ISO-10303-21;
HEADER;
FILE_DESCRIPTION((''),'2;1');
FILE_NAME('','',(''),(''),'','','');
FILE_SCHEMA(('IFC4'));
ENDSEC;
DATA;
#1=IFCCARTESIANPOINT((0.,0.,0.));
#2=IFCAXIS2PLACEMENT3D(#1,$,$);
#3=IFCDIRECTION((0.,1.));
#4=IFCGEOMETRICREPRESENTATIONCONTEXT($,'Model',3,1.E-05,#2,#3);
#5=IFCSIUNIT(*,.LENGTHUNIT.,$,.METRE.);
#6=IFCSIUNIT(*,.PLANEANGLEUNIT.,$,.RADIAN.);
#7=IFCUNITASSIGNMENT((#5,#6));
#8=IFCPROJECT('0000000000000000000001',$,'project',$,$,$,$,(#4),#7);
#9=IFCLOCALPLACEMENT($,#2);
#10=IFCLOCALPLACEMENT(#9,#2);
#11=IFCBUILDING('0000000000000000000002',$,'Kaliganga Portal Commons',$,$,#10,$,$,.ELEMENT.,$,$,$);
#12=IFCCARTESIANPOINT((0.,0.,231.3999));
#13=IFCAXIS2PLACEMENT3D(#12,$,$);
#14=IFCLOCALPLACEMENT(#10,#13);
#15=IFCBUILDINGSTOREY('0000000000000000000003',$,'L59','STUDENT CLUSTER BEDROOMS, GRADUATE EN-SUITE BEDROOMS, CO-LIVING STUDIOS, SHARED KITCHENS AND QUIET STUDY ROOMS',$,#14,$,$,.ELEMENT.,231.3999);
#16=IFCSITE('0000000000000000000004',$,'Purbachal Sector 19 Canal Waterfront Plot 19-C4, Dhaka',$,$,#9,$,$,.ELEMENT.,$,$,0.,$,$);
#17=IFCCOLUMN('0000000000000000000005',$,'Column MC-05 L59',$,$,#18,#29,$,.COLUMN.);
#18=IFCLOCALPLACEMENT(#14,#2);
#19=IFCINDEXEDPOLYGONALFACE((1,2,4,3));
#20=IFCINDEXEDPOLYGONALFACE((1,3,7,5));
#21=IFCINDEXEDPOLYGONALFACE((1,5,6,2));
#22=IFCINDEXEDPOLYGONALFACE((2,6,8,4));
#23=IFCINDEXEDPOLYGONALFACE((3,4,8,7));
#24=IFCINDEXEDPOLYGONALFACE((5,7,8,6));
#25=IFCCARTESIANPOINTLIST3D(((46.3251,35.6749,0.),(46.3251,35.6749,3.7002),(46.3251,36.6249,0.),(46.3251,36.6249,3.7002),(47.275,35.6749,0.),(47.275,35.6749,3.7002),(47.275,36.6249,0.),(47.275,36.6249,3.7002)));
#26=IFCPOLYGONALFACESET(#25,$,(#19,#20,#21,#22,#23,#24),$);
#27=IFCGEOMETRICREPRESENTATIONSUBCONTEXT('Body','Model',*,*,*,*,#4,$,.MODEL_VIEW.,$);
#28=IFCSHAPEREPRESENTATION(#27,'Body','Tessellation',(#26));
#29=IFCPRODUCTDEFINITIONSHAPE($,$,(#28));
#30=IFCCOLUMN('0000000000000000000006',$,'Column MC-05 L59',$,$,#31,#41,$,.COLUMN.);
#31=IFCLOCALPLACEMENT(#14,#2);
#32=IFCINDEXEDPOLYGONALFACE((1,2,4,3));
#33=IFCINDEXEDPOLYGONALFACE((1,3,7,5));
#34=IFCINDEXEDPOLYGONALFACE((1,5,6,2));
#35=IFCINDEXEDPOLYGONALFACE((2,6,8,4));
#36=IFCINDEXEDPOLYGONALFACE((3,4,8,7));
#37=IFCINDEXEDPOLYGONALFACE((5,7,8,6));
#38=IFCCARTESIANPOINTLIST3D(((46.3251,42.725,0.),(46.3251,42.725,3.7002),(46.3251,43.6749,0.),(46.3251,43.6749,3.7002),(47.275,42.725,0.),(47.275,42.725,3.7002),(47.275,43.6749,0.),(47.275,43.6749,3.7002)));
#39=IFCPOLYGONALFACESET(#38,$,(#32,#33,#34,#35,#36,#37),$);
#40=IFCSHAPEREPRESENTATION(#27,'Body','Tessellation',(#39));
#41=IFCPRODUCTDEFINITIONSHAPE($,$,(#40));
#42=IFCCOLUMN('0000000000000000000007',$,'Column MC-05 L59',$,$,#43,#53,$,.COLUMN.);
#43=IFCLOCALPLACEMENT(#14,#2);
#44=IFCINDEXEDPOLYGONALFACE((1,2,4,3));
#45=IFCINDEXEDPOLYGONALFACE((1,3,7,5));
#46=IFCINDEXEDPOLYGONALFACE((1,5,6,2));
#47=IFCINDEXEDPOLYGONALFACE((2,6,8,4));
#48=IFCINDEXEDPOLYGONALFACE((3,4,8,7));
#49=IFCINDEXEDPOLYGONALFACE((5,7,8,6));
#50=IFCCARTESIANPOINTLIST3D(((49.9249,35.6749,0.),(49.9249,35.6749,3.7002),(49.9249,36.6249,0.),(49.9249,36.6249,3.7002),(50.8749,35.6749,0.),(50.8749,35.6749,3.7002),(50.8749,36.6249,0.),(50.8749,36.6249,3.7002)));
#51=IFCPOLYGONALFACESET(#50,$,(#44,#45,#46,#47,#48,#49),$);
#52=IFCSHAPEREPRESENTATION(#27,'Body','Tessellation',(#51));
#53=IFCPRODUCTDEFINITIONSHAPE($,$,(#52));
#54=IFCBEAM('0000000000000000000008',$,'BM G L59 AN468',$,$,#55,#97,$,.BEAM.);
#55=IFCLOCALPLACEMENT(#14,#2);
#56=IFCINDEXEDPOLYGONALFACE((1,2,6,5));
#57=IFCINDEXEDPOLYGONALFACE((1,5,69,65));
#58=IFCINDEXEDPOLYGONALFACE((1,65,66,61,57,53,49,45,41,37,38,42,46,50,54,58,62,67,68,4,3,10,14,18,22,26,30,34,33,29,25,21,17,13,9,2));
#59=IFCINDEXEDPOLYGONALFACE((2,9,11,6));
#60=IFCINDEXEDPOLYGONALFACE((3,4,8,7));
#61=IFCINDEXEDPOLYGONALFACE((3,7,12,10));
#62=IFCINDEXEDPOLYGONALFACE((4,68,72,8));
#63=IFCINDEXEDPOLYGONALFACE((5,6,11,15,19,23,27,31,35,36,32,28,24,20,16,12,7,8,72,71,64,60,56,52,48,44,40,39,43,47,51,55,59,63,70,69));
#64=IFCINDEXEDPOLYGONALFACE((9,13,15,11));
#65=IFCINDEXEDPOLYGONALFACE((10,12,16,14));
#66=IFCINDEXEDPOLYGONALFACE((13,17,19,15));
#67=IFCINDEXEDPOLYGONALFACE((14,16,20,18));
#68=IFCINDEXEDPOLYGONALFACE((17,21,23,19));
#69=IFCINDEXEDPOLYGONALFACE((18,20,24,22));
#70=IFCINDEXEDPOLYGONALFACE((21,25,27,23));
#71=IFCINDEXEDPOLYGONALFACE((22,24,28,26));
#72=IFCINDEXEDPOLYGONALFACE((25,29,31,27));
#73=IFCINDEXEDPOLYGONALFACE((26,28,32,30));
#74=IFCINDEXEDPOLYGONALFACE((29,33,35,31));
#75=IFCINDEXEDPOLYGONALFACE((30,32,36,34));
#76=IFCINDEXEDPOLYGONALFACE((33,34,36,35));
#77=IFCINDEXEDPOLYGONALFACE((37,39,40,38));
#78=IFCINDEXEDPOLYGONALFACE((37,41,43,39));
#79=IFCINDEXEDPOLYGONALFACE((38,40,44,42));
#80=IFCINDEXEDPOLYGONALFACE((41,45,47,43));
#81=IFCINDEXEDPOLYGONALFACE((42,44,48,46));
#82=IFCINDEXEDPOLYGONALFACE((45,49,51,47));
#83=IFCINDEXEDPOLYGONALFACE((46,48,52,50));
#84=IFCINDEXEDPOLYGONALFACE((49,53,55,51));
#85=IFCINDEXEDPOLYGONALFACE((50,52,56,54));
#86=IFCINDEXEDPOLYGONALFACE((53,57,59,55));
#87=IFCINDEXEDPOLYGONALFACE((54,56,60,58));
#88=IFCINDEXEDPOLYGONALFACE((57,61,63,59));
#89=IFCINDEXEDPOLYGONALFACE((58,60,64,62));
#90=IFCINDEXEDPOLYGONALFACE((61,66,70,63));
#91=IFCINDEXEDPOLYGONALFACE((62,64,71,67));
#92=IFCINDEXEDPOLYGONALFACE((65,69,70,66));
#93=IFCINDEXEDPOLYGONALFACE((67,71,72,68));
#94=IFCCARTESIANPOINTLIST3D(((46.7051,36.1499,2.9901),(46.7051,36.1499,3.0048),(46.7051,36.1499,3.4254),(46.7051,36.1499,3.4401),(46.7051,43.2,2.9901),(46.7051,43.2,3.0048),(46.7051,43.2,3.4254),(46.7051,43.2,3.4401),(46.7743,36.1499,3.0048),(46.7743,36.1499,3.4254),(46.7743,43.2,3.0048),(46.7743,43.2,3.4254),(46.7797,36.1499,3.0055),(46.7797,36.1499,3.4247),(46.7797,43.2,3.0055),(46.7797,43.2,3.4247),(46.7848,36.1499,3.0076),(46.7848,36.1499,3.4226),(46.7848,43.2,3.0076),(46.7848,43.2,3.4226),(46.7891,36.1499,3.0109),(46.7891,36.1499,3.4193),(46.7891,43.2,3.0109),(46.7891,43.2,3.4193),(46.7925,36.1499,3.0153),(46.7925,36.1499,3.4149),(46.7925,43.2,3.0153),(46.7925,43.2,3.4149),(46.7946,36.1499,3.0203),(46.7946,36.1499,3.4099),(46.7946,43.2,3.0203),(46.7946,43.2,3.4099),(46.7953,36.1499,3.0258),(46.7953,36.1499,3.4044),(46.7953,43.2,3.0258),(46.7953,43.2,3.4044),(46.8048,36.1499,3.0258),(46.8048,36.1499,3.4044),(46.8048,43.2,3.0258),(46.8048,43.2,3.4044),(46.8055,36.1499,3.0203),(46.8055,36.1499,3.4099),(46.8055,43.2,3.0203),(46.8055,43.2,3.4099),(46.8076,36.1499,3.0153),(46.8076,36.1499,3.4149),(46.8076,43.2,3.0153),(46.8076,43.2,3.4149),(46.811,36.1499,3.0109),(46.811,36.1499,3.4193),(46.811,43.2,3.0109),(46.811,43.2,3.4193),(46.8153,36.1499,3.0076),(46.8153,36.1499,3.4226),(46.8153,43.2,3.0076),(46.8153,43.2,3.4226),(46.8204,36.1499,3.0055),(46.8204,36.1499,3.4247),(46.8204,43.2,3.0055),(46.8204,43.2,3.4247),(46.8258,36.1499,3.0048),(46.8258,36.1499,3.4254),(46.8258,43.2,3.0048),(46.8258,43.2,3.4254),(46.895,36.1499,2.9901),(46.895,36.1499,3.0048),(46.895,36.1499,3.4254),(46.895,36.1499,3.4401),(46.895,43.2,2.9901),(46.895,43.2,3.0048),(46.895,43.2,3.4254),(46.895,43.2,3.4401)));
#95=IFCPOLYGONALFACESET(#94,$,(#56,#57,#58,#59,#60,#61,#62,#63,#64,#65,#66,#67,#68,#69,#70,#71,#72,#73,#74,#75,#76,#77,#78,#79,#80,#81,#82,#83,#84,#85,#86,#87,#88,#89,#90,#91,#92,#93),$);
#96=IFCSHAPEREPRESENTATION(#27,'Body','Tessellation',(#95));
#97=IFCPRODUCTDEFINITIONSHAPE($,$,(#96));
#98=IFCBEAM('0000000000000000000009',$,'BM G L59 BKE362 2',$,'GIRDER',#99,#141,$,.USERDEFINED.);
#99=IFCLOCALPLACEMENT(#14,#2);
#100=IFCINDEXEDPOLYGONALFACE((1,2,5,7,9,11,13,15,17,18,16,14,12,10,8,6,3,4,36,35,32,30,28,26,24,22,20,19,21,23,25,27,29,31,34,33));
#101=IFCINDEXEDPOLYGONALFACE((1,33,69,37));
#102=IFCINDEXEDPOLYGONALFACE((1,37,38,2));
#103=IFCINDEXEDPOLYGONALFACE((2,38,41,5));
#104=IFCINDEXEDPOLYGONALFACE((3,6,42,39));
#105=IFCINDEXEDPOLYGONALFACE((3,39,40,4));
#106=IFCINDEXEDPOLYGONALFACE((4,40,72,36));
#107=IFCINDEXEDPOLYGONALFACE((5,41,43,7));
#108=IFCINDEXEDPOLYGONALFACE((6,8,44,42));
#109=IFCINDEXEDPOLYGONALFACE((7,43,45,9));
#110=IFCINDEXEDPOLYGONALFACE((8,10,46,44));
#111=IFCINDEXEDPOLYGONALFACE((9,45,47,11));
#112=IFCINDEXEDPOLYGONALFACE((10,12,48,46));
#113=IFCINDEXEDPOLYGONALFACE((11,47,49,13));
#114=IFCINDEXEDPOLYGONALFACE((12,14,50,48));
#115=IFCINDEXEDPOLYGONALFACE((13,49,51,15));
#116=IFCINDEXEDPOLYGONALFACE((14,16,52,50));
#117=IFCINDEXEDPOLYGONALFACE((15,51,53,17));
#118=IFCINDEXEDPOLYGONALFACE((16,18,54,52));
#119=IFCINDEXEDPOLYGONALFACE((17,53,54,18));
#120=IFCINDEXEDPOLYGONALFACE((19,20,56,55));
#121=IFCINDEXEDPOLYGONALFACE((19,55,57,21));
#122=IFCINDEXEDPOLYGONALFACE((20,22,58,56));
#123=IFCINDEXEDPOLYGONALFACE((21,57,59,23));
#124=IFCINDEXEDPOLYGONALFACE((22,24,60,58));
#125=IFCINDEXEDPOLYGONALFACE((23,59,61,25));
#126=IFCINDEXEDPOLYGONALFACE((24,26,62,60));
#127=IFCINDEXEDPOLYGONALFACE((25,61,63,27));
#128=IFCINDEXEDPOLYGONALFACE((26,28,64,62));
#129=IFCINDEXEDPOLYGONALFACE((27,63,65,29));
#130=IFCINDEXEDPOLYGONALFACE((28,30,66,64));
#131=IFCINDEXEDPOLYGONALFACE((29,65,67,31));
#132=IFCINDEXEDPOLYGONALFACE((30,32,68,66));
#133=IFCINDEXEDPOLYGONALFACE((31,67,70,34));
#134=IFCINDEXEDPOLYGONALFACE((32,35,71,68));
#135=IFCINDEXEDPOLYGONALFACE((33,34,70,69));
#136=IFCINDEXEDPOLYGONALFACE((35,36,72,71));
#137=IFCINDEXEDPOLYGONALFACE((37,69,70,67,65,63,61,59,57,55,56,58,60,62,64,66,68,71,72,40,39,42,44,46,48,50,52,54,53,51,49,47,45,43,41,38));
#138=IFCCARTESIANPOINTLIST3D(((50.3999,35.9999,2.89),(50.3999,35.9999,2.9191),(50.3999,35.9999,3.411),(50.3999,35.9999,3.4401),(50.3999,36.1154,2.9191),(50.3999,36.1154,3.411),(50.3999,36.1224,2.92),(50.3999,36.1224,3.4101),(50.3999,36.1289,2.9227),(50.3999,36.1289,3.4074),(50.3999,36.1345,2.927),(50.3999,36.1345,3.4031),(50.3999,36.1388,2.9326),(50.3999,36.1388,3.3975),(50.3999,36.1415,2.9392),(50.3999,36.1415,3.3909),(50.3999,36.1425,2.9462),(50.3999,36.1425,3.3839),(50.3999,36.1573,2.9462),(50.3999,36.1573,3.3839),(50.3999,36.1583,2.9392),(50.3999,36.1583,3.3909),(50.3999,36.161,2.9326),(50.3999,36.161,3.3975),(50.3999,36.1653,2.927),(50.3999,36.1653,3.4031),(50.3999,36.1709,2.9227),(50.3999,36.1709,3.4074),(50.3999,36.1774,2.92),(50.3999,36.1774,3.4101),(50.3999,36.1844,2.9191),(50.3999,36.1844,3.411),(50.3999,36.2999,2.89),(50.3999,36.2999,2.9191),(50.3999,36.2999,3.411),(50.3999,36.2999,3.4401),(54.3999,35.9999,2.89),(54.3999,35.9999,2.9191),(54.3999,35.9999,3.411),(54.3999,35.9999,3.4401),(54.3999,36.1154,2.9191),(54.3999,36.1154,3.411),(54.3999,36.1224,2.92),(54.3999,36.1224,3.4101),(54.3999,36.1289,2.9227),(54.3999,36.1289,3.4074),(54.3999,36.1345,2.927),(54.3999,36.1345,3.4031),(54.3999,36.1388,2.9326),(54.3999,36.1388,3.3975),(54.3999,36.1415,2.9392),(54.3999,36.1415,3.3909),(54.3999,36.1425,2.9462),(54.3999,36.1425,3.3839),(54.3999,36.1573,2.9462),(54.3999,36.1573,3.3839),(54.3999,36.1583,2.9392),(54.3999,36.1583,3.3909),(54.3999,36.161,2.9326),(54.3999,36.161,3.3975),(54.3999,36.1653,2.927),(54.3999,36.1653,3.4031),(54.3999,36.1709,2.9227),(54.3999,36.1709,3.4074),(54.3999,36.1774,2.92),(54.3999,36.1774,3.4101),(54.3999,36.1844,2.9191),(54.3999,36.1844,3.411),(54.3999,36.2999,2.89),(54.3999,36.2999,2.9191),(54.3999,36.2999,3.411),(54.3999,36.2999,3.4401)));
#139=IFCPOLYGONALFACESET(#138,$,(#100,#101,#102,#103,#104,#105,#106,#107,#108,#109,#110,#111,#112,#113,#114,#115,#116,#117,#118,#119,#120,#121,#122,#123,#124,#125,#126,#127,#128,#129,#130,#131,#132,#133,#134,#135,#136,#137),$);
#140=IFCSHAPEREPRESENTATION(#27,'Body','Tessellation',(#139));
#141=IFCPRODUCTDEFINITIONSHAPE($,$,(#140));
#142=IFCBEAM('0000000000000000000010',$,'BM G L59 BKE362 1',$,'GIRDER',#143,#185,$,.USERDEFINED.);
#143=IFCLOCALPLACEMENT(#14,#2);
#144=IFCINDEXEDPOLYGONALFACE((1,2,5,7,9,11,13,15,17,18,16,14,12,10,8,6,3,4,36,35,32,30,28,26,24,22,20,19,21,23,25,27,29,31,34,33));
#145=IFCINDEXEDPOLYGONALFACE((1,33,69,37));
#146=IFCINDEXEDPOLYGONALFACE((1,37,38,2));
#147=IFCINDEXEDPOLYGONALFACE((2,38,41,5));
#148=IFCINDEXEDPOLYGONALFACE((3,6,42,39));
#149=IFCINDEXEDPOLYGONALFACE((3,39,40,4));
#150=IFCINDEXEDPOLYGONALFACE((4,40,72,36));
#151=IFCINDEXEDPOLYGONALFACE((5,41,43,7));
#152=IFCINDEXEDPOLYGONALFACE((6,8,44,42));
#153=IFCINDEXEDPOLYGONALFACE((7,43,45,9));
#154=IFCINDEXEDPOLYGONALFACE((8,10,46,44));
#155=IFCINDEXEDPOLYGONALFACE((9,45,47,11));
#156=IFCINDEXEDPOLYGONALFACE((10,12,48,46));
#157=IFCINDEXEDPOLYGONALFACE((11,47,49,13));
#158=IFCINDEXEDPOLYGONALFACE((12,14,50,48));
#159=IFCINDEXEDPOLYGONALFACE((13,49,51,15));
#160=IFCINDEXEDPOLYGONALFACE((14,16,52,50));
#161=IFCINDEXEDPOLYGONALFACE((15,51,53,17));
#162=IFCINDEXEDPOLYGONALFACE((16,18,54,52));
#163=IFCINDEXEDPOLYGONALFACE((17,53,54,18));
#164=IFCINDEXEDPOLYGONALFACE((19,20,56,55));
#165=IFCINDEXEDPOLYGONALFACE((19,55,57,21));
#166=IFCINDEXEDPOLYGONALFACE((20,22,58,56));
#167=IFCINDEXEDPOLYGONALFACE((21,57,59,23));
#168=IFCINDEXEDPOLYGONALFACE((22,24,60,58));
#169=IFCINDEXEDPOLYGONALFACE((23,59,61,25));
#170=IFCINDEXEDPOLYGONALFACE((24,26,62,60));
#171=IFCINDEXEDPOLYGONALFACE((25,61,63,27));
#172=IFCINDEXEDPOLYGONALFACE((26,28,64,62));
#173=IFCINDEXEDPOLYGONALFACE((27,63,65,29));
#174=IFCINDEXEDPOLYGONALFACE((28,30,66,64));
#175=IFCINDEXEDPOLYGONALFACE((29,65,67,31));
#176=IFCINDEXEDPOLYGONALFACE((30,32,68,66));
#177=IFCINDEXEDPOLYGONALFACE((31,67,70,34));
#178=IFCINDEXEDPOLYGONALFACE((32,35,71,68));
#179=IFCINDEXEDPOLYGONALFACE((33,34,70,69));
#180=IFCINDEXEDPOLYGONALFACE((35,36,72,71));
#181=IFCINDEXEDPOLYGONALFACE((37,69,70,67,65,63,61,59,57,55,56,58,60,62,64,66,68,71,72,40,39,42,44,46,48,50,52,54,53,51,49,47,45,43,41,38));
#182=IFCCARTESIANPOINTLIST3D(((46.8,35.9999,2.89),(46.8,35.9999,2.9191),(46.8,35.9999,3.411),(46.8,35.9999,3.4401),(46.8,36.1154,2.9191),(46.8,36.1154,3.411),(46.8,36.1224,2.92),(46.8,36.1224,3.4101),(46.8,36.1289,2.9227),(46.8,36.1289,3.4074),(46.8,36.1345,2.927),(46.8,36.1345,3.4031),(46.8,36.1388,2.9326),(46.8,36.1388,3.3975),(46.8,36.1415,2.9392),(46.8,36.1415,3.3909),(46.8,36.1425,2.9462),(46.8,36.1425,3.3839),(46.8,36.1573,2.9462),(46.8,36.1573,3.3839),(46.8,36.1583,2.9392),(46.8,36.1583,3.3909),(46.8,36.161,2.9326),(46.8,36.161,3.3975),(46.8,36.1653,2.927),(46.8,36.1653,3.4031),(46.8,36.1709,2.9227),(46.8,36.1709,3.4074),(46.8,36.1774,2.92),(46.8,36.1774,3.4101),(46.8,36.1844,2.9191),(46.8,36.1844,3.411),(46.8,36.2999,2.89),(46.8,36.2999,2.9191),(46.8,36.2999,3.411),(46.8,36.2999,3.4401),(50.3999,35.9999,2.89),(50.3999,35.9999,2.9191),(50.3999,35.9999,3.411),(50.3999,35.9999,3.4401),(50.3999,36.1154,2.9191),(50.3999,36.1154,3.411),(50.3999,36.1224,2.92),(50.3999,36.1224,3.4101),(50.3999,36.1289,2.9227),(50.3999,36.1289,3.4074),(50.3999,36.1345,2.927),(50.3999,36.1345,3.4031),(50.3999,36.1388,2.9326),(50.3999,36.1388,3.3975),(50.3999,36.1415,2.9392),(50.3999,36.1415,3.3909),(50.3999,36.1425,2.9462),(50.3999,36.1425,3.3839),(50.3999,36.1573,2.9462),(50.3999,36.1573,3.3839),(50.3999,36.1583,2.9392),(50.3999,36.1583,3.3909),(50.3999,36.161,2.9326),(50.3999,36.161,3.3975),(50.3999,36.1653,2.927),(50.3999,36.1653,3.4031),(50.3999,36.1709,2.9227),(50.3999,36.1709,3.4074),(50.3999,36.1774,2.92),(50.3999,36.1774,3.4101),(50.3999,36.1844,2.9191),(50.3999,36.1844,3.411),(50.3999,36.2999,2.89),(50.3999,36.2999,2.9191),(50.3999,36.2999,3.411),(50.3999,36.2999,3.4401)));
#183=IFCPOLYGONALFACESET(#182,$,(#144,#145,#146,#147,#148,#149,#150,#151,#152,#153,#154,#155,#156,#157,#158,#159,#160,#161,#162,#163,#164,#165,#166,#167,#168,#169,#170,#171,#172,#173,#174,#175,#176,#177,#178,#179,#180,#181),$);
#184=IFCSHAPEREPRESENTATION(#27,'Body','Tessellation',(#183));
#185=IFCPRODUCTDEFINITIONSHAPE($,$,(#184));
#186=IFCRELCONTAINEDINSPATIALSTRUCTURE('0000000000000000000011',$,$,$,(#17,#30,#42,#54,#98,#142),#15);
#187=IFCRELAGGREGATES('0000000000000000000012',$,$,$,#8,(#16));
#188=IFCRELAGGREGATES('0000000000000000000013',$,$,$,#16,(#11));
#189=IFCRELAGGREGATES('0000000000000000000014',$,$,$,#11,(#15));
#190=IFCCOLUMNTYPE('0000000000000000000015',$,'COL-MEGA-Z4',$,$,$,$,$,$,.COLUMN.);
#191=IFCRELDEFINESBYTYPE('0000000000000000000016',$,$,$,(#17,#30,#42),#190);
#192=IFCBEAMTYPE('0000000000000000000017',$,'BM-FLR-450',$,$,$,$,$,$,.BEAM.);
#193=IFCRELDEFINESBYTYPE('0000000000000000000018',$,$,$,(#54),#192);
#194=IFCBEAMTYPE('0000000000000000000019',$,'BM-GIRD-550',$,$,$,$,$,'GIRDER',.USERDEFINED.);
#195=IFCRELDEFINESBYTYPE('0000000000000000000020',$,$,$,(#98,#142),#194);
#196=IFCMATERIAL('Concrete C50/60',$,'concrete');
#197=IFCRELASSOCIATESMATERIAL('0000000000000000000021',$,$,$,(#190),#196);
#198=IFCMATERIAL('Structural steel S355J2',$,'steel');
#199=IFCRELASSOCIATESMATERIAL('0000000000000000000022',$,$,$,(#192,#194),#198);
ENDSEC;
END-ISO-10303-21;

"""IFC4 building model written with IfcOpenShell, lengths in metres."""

from ifc_helpers import new_model, si_unit, direction, frame, origin, origin_2d, place, context, subcontext, project, spatial, rectangle, i_section, extrude, source, transform, mapped, material, material_profile, profile_set, type_object, element, save


model = new_model("IFC4")

# Units and contexts
model_context = context("Model", 3, precision=1e-05, world=origin(), true_north=direction((0.0, 1.0)))
body_context = subcontext(model_context, "Body", "Model", "MODEL_VIEW")
ifc_project = project(units=[si_unit("LENGTHUNIT", "METRE"), si_unit("PLANEANGLEUNIT", "RADIAN")], contexts=[model_context])

# Site, building, storey
site_placement = place(None, origin())
site = spatial("IfcSite", under=ifc_project, at=site_placement, Name="Purbachal Sector 19 Canal Waterfront Plot 19-C4, Dhaka", CompositionType="ELEMENT", RefElevation=0.0)
building_placement = place(site_placement, origin())
building = spatial("IfcBuilding", under=site, at=building_placement, Name="Kaliganga Portal Commons", CompositionType="ELEMENT")
storey_placement = place(building_placement, frame((0.0, 0.0, 231.3999)))
storey = spatial("IfcBuildingStorey", under=building, at=storey_placement, Name="L59", Description="STUDENT CLUSTER BEDROOMS, GRADUATE EN-SUITE BEDROOMS, CO-LIVING STUDIOS, SHARED KITCHENS AND QUIET STUDY ROOMS", CompositionType="ELEMENT", Elevation=231.3999)

# Columns
ifc_material_1 = material(Name="Concrete C50/60", Category="concrete")
ifc_material_profile_1 = material_profile(ifc_material_1, rectangle(XDim=0.95, YDim=0.95, at=origin_2d()), Name="RC 950x950")
ifc_profile_set_1 = profile_set([ifc_material_profile_1], Name="Concrete C50/60")
column_type = type_object("IfcColumnType", Name="COL-MEGA-Z4", PredefinedType="COLUMN", material=ifc_profile_set_1)
shared_shape_1 = source(origin(), body_context, "Body", "SweptSolid", [
    extrude(rectangle(XDim=0.95, YDim=0.95, at=origin_2d()), origin(), (0.0, 0.0, 1.0), 3.7002),
])
for number, where, z_axis, x_axis, name in (
    (1, (46.8, 36.1499, 0.0), (0.0, 0.0, 1.0), (1.0, 0.0, 0.0), "Column MC-05 L59"),
    (2, (46.8, 43.2, 0.0), (0.0, 0.0, 1.0), (1.0, 0.0, 0.0), "Column MC-05 L59"),
    (3, (50.3999, 36.1499, 0.0), (0.0, 0.0, 1.0), (1.0, 0.0, 0.0), "Column MC-05 L59"),
):
    element("IfcColumn", number, at=place(storey_placement, frame(where, z_axis=z_axis, x_axis=x_axis)), inside=storey, type_object=column_type, Name=name, PredefinedType="COLUMN", context=body_context, shape_type="MappedRepresentation", body=[
        mapped(shared_shape_1, transform((0.0, 0.0, 0.0), x_axis=(1.0, 0.0, 0.0), y_axis=(0.0, 1.0, 0.0), z_axis=(0.0, 0.0, 1.0), scale=1.0)),
    ])

# Beams
ifc_material_2 = material(Name="Structural steel S355J2", Category="steel")
ifc_material_profile_2 = material_profile(ifc_material_2, i_section(OverallWidth=0.1899, OverallDepth=0.45, WebThickness=0.0095, FlangeThickness=0.0146, FilletRadius=0.021, at=origin_2d()), Name="IPE 450")
ifc_profile_set_2 = profile_set([ifc_material_profile_2], Name="Structural steel S355J2 wide-flange")
beam_type_1 = type_object("IfcBeamType", Name="BM-FLR-450", PredefinedType="BEAM", material=ifc_profile_set_2)
shared_shape_2 = source(origin(), body_context, "Body", "SweptSolid", [
    extrude(i_section(OverallWidth=0.1899, OverallDepth=0.45, WebThickness=0.0095, FlangeThickness=0.0146, FilletRadius=0.021, at=origin_2d()), origin(), (0.0, 0.0, 1.0), 7.05),
])
beam_1_placement = place(storey_placement, frame((46.8, 36.1499, 3.2151), z_axis=(0.0, 1.0, 0.0), x_axis=(-1.0, 0.0, 0.0)))
element("IfcBeam", 4, at=beam_1_placement, inside=storey, type_object=beam_type_1, Name="BM G L59 AN468", PredefinedType="BEAM", context=body_context, shape_type="MappedRepresentation", body=[
    mapped(shared_shape_2, transform((0.0, 0.0, 0.0), x_axis=(1.0, 0.0, 0.0), y_axis=(0.0, 1.0, 0.0), z_axis=(0.0, 0.0, 1.0), scale=1.0)),
])
ifc_material_profile_3 = material_profile(ifc_material_2, i_section(OverallWidth=0.3, OverallDepth=0.55, WebThickness=0.0149, FlangeThickness=0.0291, FilletRadius=0.0271, at=origin_2d()), Name="HE 550 B")
ifc_profile_set_3 = profile_set([ifc_material_profile_3], Name="Structural steel S355J2 wide-flange")
beam_type_2 = type_object("IfcBeamType", Name="BM-GIRD-550", ElementType="GIRDER", PredefinedType="USERDEFINED", material=ifc_profile_set_3)
shared_shape_3 = source(origin(), body_context, "Body", "SweptSolid", [
    extrude(i_section(OverallWidth=0.3, OverallDepth=0.55, WebThickness=0.0149, FlangeThickness=0.0291, FilletRadius=0.0271, at=origin_2d()), origin(), (0.0, 0.0, 1.0), 4.0),
])
beam_2_placement = place(storey_placement, frame((50.3999, 36.1499, 3.165), z_axis=(1.0, 0.0, 0.0), x_axis=(0.0, 1.0, 0.0)))
element("IfcBeam", 5, at=beam_2_placement, inside=storey, type_object=beam_type_2, Name="BM G L59 BKE362 2", ObjectType="GIRDER", PredefinedType="USERDEFINED", context=body_context, shape_type="MappedRepresentation", body=[
    mapped(shared_shape_3, transform((0.0, 0.0, 0.0), x_axis=(1.0, 0.0, 0.0), y_axis=(0.0, 1.0, 0.0), z_axis=(0.0, 0.0, 1.0), scale=1.0)),
])
shared_shape_4 = source(origin(), body_context, "Body", "SweptSolid", [
    extrude(i_section(OverallWidth=0.3, OverallDepth=0.55, WebThickness=0.0149, FlangeThickness=0.0291, FilletRadius=0.0271, at=origin_2d()), origin(), (0.0, 0.0, 1.0), 3.5999),
])
beam_3_placement = place(storey_placement, frame((46.8, 36.1499, 3.165), z_axis=(1.0, 0.0, 0.0), x_axis=(0.0, 1.0, 0.0)))
element("IfcBeam", 6, at=beam_3_placement, inside=storey, type_object=beam_type_2, Name="BM G L59 BKE362 1", ObjectType="GIRDER", PredefinedType="USERDEFINED", context=body_context, shape_type="MappedRepresentation", body=[
    mapped(shared_shape_4, transform((0.0, 0.0, 0.0), x_axis=(1.0, 0.0, 0.0), y_axis=(0.0, 1.0, 0.0), z_axis=(0.0, 0.0, 1.0), scale=1.0)),
])

save(model, "model.ifc")
